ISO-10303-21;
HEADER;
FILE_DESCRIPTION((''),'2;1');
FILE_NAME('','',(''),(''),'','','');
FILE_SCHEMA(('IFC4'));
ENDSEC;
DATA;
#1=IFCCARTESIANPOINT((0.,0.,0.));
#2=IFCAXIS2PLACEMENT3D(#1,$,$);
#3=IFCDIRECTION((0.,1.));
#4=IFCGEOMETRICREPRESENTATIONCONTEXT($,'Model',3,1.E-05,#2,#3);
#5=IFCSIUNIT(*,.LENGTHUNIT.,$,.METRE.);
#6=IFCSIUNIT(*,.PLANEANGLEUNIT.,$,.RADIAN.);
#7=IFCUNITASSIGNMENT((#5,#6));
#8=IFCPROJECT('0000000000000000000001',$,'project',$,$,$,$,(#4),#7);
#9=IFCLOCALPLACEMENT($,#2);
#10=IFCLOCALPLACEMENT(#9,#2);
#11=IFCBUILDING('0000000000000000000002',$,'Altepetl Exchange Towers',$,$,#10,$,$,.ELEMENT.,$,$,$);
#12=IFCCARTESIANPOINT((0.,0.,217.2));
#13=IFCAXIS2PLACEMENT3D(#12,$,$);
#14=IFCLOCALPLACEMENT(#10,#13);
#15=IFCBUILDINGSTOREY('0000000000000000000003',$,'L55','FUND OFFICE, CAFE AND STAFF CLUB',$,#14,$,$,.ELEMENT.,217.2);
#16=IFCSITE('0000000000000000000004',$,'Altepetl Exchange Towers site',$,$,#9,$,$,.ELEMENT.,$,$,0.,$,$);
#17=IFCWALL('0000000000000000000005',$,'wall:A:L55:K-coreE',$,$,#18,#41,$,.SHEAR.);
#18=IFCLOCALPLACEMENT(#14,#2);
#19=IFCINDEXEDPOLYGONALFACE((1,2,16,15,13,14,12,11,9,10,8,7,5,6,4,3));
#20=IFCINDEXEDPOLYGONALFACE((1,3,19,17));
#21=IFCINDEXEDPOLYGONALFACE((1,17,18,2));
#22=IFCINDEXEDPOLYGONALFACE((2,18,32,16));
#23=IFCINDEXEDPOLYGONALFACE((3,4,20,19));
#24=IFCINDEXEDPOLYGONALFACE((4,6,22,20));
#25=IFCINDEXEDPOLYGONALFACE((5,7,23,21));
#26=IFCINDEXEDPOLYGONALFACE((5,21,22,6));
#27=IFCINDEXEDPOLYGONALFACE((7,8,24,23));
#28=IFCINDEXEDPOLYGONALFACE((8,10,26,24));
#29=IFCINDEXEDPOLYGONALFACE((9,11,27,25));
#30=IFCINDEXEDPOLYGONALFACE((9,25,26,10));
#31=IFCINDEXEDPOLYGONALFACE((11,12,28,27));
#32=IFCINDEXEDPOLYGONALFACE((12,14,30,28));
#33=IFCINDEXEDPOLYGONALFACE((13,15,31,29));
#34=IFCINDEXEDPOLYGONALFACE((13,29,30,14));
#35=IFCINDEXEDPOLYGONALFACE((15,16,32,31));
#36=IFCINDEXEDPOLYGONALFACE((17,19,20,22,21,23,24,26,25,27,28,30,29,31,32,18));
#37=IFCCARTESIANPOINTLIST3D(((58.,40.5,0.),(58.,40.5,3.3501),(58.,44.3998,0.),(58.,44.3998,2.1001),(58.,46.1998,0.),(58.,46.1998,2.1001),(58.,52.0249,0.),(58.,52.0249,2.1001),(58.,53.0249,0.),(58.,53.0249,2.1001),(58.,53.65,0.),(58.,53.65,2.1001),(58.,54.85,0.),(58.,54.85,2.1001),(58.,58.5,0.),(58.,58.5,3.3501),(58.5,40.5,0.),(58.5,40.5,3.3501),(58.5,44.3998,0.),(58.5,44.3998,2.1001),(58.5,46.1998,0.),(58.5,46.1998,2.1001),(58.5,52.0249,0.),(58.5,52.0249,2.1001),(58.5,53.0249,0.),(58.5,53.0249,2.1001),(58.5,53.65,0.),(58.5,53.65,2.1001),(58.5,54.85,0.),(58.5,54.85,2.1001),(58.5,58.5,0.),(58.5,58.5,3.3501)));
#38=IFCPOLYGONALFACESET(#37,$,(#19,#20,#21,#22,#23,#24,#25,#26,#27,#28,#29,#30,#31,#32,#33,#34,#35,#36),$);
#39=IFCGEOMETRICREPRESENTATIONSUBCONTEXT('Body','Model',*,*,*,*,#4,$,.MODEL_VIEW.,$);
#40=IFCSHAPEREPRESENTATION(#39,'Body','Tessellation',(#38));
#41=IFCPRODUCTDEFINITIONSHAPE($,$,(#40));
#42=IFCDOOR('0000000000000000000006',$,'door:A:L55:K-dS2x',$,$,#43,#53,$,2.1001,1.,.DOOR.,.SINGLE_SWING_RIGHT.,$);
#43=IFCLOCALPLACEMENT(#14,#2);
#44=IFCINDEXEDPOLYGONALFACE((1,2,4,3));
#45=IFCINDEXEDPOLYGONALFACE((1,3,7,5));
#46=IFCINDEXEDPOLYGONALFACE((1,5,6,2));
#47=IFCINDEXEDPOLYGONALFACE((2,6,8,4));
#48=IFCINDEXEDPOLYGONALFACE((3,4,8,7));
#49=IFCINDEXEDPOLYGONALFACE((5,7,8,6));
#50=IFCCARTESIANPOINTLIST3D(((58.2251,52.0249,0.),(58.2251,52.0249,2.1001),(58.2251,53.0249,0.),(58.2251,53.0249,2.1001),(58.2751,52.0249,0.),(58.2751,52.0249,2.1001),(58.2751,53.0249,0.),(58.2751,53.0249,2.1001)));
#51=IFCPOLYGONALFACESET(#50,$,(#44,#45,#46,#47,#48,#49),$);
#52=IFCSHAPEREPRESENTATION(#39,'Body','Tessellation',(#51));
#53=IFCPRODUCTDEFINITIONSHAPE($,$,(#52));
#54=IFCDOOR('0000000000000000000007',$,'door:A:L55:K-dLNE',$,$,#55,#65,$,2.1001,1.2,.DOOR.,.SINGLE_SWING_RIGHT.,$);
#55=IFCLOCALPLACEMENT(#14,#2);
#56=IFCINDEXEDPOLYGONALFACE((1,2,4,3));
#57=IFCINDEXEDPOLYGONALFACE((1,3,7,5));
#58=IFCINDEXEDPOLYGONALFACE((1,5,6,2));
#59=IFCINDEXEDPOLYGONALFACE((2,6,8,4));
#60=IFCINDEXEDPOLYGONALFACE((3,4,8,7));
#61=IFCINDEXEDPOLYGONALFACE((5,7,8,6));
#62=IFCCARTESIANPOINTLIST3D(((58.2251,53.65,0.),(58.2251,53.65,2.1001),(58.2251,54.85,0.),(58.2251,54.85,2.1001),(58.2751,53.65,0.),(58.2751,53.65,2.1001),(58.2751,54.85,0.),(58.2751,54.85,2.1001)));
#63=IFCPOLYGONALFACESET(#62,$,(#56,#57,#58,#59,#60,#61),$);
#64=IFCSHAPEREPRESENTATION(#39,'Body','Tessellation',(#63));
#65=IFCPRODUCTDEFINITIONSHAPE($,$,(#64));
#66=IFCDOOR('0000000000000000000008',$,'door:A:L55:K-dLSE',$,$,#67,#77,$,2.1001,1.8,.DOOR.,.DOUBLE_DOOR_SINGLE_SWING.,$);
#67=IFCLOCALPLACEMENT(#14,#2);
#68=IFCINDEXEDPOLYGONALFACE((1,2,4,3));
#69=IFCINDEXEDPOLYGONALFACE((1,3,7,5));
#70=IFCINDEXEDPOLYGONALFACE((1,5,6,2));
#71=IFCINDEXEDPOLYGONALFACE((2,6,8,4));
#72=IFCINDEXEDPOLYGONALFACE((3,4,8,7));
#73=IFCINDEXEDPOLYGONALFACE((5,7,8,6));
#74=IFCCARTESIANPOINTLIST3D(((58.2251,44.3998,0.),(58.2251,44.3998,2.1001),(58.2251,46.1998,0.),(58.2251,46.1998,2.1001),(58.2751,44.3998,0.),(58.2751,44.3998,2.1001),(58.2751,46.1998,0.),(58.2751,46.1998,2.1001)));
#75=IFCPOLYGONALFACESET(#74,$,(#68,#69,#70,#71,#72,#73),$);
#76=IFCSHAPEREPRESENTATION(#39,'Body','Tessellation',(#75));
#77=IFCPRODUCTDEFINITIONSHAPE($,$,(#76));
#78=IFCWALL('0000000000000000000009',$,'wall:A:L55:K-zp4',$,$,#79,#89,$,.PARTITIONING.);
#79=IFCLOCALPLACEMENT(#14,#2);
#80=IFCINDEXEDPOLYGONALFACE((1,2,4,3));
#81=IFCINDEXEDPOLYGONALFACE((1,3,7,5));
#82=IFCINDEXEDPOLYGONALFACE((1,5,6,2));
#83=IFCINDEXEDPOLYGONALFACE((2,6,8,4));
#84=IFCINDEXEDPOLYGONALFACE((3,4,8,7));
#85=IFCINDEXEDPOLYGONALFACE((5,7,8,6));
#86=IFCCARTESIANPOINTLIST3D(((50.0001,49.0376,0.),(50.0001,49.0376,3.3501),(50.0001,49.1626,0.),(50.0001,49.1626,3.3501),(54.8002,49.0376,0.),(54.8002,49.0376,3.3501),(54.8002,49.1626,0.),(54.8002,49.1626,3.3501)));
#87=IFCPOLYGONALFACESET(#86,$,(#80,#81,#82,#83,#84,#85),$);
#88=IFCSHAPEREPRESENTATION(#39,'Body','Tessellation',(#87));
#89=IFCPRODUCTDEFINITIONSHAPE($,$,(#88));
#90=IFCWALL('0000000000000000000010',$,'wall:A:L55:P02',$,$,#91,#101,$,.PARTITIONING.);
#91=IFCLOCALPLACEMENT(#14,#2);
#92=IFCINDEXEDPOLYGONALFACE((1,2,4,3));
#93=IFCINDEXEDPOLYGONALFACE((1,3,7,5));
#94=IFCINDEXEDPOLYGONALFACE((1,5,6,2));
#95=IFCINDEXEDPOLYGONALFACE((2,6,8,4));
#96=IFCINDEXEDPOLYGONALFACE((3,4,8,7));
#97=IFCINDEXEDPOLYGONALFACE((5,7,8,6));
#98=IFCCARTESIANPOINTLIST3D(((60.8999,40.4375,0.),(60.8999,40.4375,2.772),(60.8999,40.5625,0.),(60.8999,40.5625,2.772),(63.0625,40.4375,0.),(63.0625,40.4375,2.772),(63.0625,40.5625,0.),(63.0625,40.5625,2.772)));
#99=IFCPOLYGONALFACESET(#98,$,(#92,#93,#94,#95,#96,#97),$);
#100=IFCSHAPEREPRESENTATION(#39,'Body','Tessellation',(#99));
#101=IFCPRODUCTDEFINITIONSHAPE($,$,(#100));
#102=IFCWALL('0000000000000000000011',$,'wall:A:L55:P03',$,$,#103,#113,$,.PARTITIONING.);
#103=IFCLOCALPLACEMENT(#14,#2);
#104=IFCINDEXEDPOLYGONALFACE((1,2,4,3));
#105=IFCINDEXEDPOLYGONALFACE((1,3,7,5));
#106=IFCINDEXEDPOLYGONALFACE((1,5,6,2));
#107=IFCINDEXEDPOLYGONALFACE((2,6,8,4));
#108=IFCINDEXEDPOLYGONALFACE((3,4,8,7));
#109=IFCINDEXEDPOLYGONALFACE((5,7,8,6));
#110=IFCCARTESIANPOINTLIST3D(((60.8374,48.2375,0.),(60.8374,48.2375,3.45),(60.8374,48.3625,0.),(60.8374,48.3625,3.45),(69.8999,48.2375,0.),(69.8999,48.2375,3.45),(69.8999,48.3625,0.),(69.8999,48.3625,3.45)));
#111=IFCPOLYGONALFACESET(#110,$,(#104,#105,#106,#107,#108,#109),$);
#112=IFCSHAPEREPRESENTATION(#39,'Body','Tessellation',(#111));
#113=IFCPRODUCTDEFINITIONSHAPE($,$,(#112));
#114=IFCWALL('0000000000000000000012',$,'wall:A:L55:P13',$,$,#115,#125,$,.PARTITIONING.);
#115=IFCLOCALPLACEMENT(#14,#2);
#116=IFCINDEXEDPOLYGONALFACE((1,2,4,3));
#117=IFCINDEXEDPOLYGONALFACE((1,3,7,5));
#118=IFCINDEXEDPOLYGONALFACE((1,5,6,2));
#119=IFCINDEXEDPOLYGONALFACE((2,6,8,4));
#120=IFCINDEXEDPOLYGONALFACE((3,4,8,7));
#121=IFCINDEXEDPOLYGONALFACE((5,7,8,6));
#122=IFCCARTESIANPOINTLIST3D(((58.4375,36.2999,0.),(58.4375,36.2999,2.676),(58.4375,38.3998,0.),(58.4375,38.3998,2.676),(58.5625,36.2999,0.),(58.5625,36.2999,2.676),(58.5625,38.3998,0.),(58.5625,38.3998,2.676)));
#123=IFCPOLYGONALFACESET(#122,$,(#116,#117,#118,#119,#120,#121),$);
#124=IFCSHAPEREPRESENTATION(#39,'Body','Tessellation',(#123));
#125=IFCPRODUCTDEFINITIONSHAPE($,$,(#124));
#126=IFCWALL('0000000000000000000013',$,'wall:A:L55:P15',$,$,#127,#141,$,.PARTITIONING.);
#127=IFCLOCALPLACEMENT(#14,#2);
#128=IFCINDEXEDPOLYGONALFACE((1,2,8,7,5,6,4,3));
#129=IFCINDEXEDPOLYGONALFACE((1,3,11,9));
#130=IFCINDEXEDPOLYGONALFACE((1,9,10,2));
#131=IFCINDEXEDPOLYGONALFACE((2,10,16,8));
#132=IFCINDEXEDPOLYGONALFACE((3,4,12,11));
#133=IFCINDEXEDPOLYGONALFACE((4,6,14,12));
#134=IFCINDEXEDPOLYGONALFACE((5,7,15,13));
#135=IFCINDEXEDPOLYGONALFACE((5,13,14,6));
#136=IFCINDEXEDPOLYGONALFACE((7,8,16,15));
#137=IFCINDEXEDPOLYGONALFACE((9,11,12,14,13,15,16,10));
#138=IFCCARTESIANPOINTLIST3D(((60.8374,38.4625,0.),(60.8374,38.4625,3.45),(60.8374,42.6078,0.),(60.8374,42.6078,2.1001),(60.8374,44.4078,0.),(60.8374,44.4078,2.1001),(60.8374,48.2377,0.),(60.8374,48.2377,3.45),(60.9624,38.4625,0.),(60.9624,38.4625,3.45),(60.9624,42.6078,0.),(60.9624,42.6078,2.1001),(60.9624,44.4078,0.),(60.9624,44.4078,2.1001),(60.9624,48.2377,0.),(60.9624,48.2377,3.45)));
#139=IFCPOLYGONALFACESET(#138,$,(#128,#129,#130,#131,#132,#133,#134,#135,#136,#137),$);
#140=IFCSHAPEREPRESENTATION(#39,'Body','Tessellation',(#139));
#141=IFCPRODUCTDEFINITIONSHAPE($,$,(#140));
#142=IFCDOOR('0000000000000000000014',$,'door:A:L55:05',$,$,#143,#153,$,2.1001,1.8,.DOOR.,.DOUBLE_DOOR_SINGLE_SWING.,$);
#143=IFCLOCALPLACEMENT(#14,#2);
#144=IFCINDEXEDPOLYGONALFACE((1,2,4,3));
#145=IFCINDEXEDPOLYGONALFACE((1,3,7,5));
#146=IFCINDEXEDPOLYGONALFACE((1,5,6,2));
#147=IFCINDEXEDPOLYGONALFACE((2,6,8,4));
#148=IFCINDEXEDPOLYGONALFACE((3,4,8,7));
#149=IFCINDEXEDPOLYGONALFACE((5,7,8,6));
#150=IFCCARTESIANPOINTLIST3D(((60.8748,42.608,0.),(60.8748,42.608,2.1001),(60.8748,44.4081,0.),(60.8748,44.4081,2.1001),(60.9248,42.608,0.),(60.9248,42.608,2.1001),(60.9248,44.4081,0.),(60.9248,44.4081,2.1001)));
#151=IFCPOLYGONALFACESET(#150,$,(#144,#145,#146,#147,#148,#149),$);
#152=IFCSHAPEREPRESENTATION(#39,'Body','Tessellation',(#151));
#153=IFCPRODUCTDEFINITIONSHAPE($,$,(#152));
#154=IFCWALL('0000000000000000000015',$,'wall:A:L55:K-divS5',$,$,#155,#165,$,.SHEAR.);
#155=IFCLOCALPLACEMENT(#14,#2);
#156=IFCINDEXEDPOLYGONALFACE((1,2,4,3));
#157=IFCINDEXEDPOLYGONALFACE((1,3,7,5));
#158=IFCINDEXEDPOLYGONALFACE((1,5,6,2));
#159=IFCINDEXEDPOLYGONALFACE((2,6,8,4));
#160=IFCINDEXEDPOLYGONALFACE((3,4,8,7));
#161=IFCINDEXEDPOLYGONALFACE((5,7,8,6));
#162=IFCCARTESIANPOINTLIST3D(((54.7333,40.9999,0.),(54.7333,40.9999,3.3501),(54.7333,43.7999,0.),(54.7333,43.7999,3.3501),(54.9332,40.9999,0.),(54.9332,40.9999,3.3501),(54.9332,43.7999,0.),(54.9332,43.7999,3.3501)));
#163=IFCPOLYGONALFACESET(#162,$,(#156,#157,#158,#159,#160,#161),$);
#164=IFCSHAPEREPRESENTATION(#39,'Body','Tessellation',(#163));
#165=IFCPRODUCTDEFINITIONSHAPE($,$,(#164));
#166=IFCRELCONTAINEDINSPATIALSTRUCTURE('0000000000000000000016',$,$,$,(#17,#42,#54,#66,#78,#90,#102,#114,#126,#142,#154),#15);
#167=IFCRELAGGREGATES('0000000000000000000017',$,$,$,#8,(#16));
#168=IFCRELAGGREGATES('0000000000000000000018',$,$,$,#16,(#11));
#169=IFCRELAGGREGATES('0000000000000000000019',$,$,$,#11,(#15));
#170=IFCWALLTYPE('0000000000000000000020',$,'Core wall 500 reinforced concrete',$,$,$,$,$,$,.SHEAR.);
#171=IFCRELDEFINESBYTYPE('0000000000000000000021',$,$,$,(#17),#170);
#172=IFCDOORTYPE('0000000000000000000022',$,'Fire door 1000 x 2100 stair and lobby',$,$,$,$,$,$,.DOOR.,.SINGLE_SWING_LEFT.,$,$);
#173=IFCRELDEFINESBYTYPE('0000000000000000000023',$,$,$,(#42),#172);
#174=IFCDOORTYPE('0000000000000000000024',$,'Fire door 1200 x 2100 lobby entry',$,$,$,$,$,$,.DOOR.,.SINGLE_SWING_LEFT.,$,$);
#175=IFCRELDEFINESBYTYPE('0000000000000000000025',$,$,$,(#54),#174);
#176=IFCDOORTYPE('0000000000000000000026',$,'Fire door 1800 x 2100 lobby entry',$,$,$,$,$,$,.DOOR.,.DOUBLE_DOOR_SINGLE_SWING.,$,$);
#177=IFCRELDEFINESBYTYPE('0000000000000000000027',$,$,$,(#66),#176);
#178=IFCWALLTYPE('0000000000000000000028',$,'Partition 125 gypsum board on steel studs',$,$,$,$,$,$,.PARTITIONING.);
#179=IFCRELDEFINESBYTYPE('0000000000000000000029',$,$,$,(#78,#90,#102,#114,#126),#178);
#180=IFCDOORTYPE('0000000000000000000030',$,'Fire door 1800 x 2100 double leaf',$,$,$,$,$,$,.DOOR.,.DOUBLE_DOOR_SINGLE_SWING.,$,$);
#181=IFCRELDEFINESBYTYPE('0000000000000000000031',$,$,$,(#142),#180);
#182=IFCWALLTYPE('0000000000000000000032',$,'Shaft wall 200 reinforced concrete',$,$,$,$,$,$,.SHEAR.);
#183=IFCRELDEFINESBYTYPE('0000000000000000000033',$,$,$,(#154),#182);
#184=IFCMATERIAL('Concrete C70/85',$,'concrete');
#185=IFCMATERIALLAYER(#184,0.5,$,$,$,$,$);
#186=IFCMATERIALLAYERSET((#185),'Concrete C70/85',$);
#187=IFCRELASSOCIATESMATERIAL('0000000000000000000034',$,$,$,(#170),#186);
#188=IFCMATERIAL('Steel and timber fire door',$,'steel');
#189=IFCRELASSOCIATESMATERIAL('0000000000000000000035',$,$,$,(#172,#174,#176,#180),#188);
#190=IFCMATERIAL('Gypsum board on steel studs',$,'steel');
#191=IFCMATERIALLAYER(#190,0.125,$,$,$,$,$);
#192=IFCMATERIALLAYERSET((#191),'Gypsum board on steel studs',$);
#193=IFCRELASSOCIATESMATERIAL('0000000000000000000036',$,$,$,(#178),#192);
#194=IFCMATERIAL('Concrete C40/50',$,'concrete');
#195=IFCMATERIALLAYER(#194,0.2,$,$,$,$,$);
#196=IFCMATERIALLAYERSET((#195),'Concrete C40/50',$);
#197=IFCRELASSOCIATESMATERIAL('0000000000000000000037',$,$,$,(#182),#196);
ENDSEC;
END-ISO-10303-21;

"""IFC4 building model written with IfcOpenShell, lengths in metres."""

from ifc_helpers import new_model, si_unit, direction, frame, frame_2d, origin, place, context, subcontext, project, spatial, rectangle, extrude, material, layer, layer_set, type_object, element, fill, save


model = new_model("IFC4")

# Units and contexts
model_context = context("Model", 3, precision=1e-05, world=origin(), true_north=direction((0.0, 1.0)))
body_context = subcontext(model_context, "Body", "Model", "MODEL_VIEW")
ifc_project = project(units=[si_unit("LENGTHUNIT", "METRE"), si_unit("PLANEANGLEUNIT", "RADIAN")], contexts=[model_context])

# Site, building, storey
site_placement = place(None, origin())
site = spatial("IfcSite", under=ifc_project, at=site_placement, Name="Altepetl Exchange Towers site", CompositionType="ELEMENT", RefElevation=0.0)
building_placement = place(site_placement, origin())
building = spatial("IfcBuilding", under=site, at=building_placement, Name="Altepetl Exchange Towers", CompositionType="ELEMENT")
storey_placement = place(building_placement, frame((0.0, 0.0, 217.2)))
storey = spatial("IfcBuildingStorey", under=building, at=storey_placement, Name="L55", Description="FUND OFFICE, CAFE AND STAFF CLUB", CompositionType="ELEMENT", Elevation=217.2)

# Shared definitions
ifc_material_1 = material(Name="Concrete C70/85", Category="concrete")

# Wall, openings, doors
ifc_layer_1 = layer(ifc_material_1, 0.5)
ifc_layer_set_1 = layer_set([ifc_layer_1], Name="Concrete C70/85")
wall_type_1 = type_object("IfcWallType", Name="Core wall 500 reinforced concrete", PredefinedType="SHEAR", material=ifc_layer_set_1)
wall_1_placement = place(storey_placement, frame((58.25, 40.5, 0.0), z_axis=(0.0, 0.0, 1.0), x_axis=(0.0, 1.0, 0.0)))
wall_1 = element("IfcWall", 1, at=wall_1_placement, inside=storey, type_object=wall_type_1, Name="wall:A:L55:K-coreE", PredefinedType="SHEAR", context=body_context, shape_type="SweptSolid", body=[
    extrude(rectangle(XDim=18.0, YDim=0.5, at=frame_2d((9.0, 0.0))), origin(), (0.0, 0.0, 1.0), 3.3501),
])
opening_1_placement = place(wall_1_placement, frame((13.1499, 0.0, 0.0)))
opening_1 = element("IfcOpeningElement", 2, at=opening_1_placement, cuts=wall_1, PredefinedType="OPENING", context=body_context, shape_type="SweptSolid", body=[
    extrude(rectangle(XDim=1.2, YDim=2.1001, at=frame_2d((0.6001, 1.05))), frame((0.0, 0.26, 0.0), z_axis=(0.0, -1.0, 0.0), x_axis=(1.0, 0.0, 0.0)), (0.0, 0.0, 1.0), 0.52),
])
opening_2_placement = place(wall_1_placement, frame((3.8999, 0.0, 0.0)))
opening_2 = element("IfcOpeningElement", 3, at=opening_2_placement, cuts=wall_1, PredefinedType="OPENING", context=body_context, shape_type="SweptSolid", body=[
    extrude(rectangle(XDim=1.8, YDim=2.1001, at=frame_2d((0.8999, 1.05))), frame((0.0, 0.26, 0.0), z_axis=(0.0, -1.0, 0.0), x_axis=(1.0, 0.0, 0.0)), (0.0, 0.0, 1.0), 0.52),
])
opening_3_placement = place(wall_1_placement, frame((11.5249, 0.0, 0.0)))
opening_3 = element("IfcOpeningElement", 4, at=opening_3_placement, cuts=wall_1, PredefinedType="OPENING", context=body_context, shape_type="SweptSolid", body=[
    extrude(rectangle(XDim=1.0, YDim=2.1001, at=frame_2d((0.5, 1.05))), frame((0.0, 0.26, 0.0), z_axis=(0.0, -1.0, 0.0), x_axis=(1.0, 0.0, 0.0)), (0.0, 0.0, 1.0), 0.52),
])
ifc_material_2 = material(Name="Steel and timber fire door", Category="steel")
door_type_1 = type_object("IfcDoorType", Name="Fire door 1000 x 2100 stair and lobby", OperationType="SINGLE_SWING_LEFT", PredefinedType="DOOR", material=ifc_material_2)
door_1_placement = place(opening_3_placement, origin())
door_1 = element("IfcDoor", 5, at=door_1_placement, inside=storey, type_object=door_type_1, Name="door:A:L55:K-dS2x", OperationType="SINGLE_SWING_RIGHT", OverallHeight=2.1001, OverallWidth=1.0, PredefinedType="DOOR", context=body_context, shape_type="SweptSolid", body=[
    extrude(rectangle(XDim=1.0, YDim=2.1001, at=frame_2d((0.5, 1.05))), frame((0.0, 0.0249, 0.0), z_axis=(0.0, -1.0, 0.0), x_axis=(1.0, 0.0, 0.0)), (0.0, 0.0, 1.0), 0.05),
])
fill(opening_3, door_1)
door_type_2 = type_object("IfcDoorType", Name="Fire door 1200 x 2100 lobby entry", OperationType="SINGLE_SWING_LEFT", PredefinedType="DOOR", material=ifc_material_2)
door_2_placement = place(opening_1_placement, origin())
door_2 = element("IfcDoor", 6, at=door_2_placement, inside=storey, type_object=door_type_2, Name="door:A:L55:K-dLNE", OperationType="SINGLE_SWING_RIGHT", OverallHeight=2.1001, OverallWidth=1.2, PredefinedType="DOOR", context=body_context, shape_type="SweptSolid", body=[
    extrude(rectangle(XDim=1.2, YDim=2.1001, at=frame_2d((0.6001, 1.05))), frame((0.0, 0.0249, 0.0), z_axis=(0.0, -1.0, 0.0), x_axis=(1.0, 0.0, 0.0)), (0.0, 0.0, 1.0), 0.05),
])
fill(opening_1, door_2)
door_type_3 = type_object("IfcDoorType", Name="Fire door 1800 x 2100 lobby entry", OperationType="DOUBLE_DOOR_SINGLE_SWING", PredefinedType="DOOR", material=ifc_material_2)
door_3_placement = place(opening_2_placement, origin())
door_3 = element("IfcDoor", 7, at=door_3_placement, inside=storey, type_object=door_type_3, Name="door:A:L55:K-dLSE", OperationType="DOUBLE_DOOR_SINGLE_SWING", OverallHeight=2.1001, OverallWidth=1.8, PredefinedType="DOOR", context=body_context, shape_type="SweptSolid", body=[
    extrude(rectangle(XDim=1.8, YDim=2.1001, at=frame_2d((0.8999, 1.05))), frame((0.0, 0.0249, 0.0), z_axis=(0.0, -1.0, 0.0), x_axis=(1.0, 0.0, 0.0)), (0.0, 0.0, 1.0), 0.05),
])
fill(opening_2, door_3)

# Walls
ifc_material_3 = material(Name="Gypsum board on steel studs", Category="steel")
ifc_layer_2 = layer(ifc_material_3, 0.125)
ifc_layer_set_2 = layer_set([ifc_layer_2], Name="Gypsum board on steel studs")
wall_type_2 = type_object("IfcWallType", Name="Partition 125 gypsum board on steel studs", PredefinedType="PARTITIONING", material=ifc_layer_set_2)
wall_2_placement = place(storey_placement, frame((54.8, 49.1001, 0.0), z_axis=(0.0, 0.0, 1.0), x_axis=(-1.0, 0.0, 0.0)))
element("IfcWall", 8, at=wall_2_placement, inside=storey, type_object=wall_type_2, Name="wall:A:L55:K-zp4", PredefinedType="PARTITIONING", context=body_context, shape_type="SweptSolid", body=[
    extrude(rectangle(XDim=4.8, YDim=0.125, at=frame_2d((2.3999, 0.0))), origin(), (0.0, 0.0, 1.0), 3.3501),
])
wall_3_placement = place(storey_placement, frame((60.8999, 40.5, 0.0)))
element("IfcWall", 9, at=wall_3_placement, inside=storey, type_object=wall_type_2, Name="wall:A:L55:P02", PredefinedType="PARTITIONING", context=body_context, shape_type="SweptSolid", body=[
    extrude(rectangle(XDim=2.1626, YDim=0.125, at=frame_2d((1.0813, 0.0))), origin(), (0.0, 0.0, 1.0), 2.772),
])
wall_4_placement = place(storey_placement, frame((60.8374, 48.3, 0.0)))
element("IfcWall", 10, at=wall_4_placement, inside=storey, type_object=wall_type_2, Name="wall:A:L55:P03", PredefinedType="PARTITIONING", context=body_context, shape_type="SweptSolid", body=[
    extrude(rectangle(XDim=9.0625, YDim=0.125, at=frame_2d((4.5312, 0.0))), origin(), (0.0, 0.0, 1.0), 3.45),
])
wall_5_placement = place(storey_placement, frame((58.5, 36.3, 0.0), z_axis=(0.0, 0.0, 1.0), x_axis=(0.0, 1.0, 0.0)))
element("IfcWall", 11, at=wall_5_placement, inside=storey, type_object=wall_type_2, Name="wall:A:L55:P13", PredefinedType="PARTITIONING", context=body_context, shape_type="SweptSolid", body=[
    extrude(rectangle(XDim=2.0999, YDim=0.125, at=frame_2d((1.0498, 0.0))), origin(), (0.0, 0.0, 1.0), 2.676),
])

# Wall, opening, door
wall_6_placement = place(storey_placement, frame((60.8999, 38.4624, 0.0), z_axis=(0.0, 0.0, 1.0), x_axis=(0.0, 1.0, 0.0)))
wall_6 = element("IfcWall", 12, at=wall_6_placement, inside=storey, type_object=wall_type_2, Name="wall:A:L55:P15", PredefinedType="PARTITIONING", context=body_context, shape_type="SweptSolid", body=[
    extrude(rectangle(XDim=9.7751, YDim=0.125, at=frame_2d((4.8877, 0.0))), origin(), (0.0, 0.0, 1.0), 3.45),
])
opening_4_placement = place(wall_6_placement, frame((4.1455, 0.0, 0.0)))
opening_4 = element("IfcOpeningElement", 13, at=opening_4_placement, cuts=wall_6, PredefinedType="OPENING", context=body_context, shape_type="SweptSolid", body=[
    extrude(rectangle(XDim=1.8, YDim=2.1001, at=frame_2d((0.8999, 1.05))), frame((0.0, 0.0725, 0.0), z_axis=(0.0, -1.0, 0.0), x_axis=(1.0, 0.0, 0.0)), (0.0, 0.0, 1.0), 0.145),
])
door_type_4 = type_object("IfcDoorType", Name="Fire door 1800 x 2100 double leaf", OperationType="DOUBLE_DOOR_SINGLE_SWING", PredefinedType="DOOR", material=ifc_material_2)
door_4_placement = place(opening_4_placement, frame((1.8, 0.0, 0.0), x_axis=(-1.0, 0.0, 0.0)))
door_4 = element("IfcDoor", 14, at=door_4_placement, inside=storey, type_object=door_type_4, Name="door:A:L55:05", OperationType="DOUBLE_DOOR_SINGLE_SWING", OverallHeight=2.1001, OverallWidth=1.8, PredefinedType="DOOR", context=body_context, shape_type="SweptSolid", body=[
    extrude(rectangle(XDim=1.8, YDim=2.1001, at=frame_2d((0.8999, 1.05))), frame((0.0, 0.0249, 0.0), z_axis=(0.0, -1.0, 0.0), x_axis=(1.0, 0.0, 0.0)), (0.0, 0.0, 1.0), 0.05),
])
fill(opening_4, door_4)

# Wall
ifc_material_4 = material(Name="Concrete C40/50", Category="concrete")
ifc_layer_3 = layer(ifc_material_4, 0.2)
ifc_layer_set_3 = layer_set([ifc_layer_3], Name="Concrete C40/50")
wall_type_3 = type_object("IfcWallType", Name="Shaft wall 200 reinforced concrete", PredefinedType="SHEAR", material=ifc_layer_set_3)
wall_7_placement = place(storey_placement, frame((54.8333, 41.0, 0.0), z_axis=(0.0, 0.0, 1.0), x_axis=(0.0, 1.0, 0.0)))
element("IfcWall", 15, at=wall_7_placement, inside=storey, type_object=wall_type_3, Name="wall:A:L55:K-divS5", PredefinedType="SHEAR", context=body_context, shape_type="SweptSolid", body=[
    extrude(rectangle(XDim=2.8, YDim=0.2, at=frame_2d((1.3999, 0.0))), origin(), (0.0, 0.0, 1.0), 3.3501),
])

save(model, "model.ifc")
